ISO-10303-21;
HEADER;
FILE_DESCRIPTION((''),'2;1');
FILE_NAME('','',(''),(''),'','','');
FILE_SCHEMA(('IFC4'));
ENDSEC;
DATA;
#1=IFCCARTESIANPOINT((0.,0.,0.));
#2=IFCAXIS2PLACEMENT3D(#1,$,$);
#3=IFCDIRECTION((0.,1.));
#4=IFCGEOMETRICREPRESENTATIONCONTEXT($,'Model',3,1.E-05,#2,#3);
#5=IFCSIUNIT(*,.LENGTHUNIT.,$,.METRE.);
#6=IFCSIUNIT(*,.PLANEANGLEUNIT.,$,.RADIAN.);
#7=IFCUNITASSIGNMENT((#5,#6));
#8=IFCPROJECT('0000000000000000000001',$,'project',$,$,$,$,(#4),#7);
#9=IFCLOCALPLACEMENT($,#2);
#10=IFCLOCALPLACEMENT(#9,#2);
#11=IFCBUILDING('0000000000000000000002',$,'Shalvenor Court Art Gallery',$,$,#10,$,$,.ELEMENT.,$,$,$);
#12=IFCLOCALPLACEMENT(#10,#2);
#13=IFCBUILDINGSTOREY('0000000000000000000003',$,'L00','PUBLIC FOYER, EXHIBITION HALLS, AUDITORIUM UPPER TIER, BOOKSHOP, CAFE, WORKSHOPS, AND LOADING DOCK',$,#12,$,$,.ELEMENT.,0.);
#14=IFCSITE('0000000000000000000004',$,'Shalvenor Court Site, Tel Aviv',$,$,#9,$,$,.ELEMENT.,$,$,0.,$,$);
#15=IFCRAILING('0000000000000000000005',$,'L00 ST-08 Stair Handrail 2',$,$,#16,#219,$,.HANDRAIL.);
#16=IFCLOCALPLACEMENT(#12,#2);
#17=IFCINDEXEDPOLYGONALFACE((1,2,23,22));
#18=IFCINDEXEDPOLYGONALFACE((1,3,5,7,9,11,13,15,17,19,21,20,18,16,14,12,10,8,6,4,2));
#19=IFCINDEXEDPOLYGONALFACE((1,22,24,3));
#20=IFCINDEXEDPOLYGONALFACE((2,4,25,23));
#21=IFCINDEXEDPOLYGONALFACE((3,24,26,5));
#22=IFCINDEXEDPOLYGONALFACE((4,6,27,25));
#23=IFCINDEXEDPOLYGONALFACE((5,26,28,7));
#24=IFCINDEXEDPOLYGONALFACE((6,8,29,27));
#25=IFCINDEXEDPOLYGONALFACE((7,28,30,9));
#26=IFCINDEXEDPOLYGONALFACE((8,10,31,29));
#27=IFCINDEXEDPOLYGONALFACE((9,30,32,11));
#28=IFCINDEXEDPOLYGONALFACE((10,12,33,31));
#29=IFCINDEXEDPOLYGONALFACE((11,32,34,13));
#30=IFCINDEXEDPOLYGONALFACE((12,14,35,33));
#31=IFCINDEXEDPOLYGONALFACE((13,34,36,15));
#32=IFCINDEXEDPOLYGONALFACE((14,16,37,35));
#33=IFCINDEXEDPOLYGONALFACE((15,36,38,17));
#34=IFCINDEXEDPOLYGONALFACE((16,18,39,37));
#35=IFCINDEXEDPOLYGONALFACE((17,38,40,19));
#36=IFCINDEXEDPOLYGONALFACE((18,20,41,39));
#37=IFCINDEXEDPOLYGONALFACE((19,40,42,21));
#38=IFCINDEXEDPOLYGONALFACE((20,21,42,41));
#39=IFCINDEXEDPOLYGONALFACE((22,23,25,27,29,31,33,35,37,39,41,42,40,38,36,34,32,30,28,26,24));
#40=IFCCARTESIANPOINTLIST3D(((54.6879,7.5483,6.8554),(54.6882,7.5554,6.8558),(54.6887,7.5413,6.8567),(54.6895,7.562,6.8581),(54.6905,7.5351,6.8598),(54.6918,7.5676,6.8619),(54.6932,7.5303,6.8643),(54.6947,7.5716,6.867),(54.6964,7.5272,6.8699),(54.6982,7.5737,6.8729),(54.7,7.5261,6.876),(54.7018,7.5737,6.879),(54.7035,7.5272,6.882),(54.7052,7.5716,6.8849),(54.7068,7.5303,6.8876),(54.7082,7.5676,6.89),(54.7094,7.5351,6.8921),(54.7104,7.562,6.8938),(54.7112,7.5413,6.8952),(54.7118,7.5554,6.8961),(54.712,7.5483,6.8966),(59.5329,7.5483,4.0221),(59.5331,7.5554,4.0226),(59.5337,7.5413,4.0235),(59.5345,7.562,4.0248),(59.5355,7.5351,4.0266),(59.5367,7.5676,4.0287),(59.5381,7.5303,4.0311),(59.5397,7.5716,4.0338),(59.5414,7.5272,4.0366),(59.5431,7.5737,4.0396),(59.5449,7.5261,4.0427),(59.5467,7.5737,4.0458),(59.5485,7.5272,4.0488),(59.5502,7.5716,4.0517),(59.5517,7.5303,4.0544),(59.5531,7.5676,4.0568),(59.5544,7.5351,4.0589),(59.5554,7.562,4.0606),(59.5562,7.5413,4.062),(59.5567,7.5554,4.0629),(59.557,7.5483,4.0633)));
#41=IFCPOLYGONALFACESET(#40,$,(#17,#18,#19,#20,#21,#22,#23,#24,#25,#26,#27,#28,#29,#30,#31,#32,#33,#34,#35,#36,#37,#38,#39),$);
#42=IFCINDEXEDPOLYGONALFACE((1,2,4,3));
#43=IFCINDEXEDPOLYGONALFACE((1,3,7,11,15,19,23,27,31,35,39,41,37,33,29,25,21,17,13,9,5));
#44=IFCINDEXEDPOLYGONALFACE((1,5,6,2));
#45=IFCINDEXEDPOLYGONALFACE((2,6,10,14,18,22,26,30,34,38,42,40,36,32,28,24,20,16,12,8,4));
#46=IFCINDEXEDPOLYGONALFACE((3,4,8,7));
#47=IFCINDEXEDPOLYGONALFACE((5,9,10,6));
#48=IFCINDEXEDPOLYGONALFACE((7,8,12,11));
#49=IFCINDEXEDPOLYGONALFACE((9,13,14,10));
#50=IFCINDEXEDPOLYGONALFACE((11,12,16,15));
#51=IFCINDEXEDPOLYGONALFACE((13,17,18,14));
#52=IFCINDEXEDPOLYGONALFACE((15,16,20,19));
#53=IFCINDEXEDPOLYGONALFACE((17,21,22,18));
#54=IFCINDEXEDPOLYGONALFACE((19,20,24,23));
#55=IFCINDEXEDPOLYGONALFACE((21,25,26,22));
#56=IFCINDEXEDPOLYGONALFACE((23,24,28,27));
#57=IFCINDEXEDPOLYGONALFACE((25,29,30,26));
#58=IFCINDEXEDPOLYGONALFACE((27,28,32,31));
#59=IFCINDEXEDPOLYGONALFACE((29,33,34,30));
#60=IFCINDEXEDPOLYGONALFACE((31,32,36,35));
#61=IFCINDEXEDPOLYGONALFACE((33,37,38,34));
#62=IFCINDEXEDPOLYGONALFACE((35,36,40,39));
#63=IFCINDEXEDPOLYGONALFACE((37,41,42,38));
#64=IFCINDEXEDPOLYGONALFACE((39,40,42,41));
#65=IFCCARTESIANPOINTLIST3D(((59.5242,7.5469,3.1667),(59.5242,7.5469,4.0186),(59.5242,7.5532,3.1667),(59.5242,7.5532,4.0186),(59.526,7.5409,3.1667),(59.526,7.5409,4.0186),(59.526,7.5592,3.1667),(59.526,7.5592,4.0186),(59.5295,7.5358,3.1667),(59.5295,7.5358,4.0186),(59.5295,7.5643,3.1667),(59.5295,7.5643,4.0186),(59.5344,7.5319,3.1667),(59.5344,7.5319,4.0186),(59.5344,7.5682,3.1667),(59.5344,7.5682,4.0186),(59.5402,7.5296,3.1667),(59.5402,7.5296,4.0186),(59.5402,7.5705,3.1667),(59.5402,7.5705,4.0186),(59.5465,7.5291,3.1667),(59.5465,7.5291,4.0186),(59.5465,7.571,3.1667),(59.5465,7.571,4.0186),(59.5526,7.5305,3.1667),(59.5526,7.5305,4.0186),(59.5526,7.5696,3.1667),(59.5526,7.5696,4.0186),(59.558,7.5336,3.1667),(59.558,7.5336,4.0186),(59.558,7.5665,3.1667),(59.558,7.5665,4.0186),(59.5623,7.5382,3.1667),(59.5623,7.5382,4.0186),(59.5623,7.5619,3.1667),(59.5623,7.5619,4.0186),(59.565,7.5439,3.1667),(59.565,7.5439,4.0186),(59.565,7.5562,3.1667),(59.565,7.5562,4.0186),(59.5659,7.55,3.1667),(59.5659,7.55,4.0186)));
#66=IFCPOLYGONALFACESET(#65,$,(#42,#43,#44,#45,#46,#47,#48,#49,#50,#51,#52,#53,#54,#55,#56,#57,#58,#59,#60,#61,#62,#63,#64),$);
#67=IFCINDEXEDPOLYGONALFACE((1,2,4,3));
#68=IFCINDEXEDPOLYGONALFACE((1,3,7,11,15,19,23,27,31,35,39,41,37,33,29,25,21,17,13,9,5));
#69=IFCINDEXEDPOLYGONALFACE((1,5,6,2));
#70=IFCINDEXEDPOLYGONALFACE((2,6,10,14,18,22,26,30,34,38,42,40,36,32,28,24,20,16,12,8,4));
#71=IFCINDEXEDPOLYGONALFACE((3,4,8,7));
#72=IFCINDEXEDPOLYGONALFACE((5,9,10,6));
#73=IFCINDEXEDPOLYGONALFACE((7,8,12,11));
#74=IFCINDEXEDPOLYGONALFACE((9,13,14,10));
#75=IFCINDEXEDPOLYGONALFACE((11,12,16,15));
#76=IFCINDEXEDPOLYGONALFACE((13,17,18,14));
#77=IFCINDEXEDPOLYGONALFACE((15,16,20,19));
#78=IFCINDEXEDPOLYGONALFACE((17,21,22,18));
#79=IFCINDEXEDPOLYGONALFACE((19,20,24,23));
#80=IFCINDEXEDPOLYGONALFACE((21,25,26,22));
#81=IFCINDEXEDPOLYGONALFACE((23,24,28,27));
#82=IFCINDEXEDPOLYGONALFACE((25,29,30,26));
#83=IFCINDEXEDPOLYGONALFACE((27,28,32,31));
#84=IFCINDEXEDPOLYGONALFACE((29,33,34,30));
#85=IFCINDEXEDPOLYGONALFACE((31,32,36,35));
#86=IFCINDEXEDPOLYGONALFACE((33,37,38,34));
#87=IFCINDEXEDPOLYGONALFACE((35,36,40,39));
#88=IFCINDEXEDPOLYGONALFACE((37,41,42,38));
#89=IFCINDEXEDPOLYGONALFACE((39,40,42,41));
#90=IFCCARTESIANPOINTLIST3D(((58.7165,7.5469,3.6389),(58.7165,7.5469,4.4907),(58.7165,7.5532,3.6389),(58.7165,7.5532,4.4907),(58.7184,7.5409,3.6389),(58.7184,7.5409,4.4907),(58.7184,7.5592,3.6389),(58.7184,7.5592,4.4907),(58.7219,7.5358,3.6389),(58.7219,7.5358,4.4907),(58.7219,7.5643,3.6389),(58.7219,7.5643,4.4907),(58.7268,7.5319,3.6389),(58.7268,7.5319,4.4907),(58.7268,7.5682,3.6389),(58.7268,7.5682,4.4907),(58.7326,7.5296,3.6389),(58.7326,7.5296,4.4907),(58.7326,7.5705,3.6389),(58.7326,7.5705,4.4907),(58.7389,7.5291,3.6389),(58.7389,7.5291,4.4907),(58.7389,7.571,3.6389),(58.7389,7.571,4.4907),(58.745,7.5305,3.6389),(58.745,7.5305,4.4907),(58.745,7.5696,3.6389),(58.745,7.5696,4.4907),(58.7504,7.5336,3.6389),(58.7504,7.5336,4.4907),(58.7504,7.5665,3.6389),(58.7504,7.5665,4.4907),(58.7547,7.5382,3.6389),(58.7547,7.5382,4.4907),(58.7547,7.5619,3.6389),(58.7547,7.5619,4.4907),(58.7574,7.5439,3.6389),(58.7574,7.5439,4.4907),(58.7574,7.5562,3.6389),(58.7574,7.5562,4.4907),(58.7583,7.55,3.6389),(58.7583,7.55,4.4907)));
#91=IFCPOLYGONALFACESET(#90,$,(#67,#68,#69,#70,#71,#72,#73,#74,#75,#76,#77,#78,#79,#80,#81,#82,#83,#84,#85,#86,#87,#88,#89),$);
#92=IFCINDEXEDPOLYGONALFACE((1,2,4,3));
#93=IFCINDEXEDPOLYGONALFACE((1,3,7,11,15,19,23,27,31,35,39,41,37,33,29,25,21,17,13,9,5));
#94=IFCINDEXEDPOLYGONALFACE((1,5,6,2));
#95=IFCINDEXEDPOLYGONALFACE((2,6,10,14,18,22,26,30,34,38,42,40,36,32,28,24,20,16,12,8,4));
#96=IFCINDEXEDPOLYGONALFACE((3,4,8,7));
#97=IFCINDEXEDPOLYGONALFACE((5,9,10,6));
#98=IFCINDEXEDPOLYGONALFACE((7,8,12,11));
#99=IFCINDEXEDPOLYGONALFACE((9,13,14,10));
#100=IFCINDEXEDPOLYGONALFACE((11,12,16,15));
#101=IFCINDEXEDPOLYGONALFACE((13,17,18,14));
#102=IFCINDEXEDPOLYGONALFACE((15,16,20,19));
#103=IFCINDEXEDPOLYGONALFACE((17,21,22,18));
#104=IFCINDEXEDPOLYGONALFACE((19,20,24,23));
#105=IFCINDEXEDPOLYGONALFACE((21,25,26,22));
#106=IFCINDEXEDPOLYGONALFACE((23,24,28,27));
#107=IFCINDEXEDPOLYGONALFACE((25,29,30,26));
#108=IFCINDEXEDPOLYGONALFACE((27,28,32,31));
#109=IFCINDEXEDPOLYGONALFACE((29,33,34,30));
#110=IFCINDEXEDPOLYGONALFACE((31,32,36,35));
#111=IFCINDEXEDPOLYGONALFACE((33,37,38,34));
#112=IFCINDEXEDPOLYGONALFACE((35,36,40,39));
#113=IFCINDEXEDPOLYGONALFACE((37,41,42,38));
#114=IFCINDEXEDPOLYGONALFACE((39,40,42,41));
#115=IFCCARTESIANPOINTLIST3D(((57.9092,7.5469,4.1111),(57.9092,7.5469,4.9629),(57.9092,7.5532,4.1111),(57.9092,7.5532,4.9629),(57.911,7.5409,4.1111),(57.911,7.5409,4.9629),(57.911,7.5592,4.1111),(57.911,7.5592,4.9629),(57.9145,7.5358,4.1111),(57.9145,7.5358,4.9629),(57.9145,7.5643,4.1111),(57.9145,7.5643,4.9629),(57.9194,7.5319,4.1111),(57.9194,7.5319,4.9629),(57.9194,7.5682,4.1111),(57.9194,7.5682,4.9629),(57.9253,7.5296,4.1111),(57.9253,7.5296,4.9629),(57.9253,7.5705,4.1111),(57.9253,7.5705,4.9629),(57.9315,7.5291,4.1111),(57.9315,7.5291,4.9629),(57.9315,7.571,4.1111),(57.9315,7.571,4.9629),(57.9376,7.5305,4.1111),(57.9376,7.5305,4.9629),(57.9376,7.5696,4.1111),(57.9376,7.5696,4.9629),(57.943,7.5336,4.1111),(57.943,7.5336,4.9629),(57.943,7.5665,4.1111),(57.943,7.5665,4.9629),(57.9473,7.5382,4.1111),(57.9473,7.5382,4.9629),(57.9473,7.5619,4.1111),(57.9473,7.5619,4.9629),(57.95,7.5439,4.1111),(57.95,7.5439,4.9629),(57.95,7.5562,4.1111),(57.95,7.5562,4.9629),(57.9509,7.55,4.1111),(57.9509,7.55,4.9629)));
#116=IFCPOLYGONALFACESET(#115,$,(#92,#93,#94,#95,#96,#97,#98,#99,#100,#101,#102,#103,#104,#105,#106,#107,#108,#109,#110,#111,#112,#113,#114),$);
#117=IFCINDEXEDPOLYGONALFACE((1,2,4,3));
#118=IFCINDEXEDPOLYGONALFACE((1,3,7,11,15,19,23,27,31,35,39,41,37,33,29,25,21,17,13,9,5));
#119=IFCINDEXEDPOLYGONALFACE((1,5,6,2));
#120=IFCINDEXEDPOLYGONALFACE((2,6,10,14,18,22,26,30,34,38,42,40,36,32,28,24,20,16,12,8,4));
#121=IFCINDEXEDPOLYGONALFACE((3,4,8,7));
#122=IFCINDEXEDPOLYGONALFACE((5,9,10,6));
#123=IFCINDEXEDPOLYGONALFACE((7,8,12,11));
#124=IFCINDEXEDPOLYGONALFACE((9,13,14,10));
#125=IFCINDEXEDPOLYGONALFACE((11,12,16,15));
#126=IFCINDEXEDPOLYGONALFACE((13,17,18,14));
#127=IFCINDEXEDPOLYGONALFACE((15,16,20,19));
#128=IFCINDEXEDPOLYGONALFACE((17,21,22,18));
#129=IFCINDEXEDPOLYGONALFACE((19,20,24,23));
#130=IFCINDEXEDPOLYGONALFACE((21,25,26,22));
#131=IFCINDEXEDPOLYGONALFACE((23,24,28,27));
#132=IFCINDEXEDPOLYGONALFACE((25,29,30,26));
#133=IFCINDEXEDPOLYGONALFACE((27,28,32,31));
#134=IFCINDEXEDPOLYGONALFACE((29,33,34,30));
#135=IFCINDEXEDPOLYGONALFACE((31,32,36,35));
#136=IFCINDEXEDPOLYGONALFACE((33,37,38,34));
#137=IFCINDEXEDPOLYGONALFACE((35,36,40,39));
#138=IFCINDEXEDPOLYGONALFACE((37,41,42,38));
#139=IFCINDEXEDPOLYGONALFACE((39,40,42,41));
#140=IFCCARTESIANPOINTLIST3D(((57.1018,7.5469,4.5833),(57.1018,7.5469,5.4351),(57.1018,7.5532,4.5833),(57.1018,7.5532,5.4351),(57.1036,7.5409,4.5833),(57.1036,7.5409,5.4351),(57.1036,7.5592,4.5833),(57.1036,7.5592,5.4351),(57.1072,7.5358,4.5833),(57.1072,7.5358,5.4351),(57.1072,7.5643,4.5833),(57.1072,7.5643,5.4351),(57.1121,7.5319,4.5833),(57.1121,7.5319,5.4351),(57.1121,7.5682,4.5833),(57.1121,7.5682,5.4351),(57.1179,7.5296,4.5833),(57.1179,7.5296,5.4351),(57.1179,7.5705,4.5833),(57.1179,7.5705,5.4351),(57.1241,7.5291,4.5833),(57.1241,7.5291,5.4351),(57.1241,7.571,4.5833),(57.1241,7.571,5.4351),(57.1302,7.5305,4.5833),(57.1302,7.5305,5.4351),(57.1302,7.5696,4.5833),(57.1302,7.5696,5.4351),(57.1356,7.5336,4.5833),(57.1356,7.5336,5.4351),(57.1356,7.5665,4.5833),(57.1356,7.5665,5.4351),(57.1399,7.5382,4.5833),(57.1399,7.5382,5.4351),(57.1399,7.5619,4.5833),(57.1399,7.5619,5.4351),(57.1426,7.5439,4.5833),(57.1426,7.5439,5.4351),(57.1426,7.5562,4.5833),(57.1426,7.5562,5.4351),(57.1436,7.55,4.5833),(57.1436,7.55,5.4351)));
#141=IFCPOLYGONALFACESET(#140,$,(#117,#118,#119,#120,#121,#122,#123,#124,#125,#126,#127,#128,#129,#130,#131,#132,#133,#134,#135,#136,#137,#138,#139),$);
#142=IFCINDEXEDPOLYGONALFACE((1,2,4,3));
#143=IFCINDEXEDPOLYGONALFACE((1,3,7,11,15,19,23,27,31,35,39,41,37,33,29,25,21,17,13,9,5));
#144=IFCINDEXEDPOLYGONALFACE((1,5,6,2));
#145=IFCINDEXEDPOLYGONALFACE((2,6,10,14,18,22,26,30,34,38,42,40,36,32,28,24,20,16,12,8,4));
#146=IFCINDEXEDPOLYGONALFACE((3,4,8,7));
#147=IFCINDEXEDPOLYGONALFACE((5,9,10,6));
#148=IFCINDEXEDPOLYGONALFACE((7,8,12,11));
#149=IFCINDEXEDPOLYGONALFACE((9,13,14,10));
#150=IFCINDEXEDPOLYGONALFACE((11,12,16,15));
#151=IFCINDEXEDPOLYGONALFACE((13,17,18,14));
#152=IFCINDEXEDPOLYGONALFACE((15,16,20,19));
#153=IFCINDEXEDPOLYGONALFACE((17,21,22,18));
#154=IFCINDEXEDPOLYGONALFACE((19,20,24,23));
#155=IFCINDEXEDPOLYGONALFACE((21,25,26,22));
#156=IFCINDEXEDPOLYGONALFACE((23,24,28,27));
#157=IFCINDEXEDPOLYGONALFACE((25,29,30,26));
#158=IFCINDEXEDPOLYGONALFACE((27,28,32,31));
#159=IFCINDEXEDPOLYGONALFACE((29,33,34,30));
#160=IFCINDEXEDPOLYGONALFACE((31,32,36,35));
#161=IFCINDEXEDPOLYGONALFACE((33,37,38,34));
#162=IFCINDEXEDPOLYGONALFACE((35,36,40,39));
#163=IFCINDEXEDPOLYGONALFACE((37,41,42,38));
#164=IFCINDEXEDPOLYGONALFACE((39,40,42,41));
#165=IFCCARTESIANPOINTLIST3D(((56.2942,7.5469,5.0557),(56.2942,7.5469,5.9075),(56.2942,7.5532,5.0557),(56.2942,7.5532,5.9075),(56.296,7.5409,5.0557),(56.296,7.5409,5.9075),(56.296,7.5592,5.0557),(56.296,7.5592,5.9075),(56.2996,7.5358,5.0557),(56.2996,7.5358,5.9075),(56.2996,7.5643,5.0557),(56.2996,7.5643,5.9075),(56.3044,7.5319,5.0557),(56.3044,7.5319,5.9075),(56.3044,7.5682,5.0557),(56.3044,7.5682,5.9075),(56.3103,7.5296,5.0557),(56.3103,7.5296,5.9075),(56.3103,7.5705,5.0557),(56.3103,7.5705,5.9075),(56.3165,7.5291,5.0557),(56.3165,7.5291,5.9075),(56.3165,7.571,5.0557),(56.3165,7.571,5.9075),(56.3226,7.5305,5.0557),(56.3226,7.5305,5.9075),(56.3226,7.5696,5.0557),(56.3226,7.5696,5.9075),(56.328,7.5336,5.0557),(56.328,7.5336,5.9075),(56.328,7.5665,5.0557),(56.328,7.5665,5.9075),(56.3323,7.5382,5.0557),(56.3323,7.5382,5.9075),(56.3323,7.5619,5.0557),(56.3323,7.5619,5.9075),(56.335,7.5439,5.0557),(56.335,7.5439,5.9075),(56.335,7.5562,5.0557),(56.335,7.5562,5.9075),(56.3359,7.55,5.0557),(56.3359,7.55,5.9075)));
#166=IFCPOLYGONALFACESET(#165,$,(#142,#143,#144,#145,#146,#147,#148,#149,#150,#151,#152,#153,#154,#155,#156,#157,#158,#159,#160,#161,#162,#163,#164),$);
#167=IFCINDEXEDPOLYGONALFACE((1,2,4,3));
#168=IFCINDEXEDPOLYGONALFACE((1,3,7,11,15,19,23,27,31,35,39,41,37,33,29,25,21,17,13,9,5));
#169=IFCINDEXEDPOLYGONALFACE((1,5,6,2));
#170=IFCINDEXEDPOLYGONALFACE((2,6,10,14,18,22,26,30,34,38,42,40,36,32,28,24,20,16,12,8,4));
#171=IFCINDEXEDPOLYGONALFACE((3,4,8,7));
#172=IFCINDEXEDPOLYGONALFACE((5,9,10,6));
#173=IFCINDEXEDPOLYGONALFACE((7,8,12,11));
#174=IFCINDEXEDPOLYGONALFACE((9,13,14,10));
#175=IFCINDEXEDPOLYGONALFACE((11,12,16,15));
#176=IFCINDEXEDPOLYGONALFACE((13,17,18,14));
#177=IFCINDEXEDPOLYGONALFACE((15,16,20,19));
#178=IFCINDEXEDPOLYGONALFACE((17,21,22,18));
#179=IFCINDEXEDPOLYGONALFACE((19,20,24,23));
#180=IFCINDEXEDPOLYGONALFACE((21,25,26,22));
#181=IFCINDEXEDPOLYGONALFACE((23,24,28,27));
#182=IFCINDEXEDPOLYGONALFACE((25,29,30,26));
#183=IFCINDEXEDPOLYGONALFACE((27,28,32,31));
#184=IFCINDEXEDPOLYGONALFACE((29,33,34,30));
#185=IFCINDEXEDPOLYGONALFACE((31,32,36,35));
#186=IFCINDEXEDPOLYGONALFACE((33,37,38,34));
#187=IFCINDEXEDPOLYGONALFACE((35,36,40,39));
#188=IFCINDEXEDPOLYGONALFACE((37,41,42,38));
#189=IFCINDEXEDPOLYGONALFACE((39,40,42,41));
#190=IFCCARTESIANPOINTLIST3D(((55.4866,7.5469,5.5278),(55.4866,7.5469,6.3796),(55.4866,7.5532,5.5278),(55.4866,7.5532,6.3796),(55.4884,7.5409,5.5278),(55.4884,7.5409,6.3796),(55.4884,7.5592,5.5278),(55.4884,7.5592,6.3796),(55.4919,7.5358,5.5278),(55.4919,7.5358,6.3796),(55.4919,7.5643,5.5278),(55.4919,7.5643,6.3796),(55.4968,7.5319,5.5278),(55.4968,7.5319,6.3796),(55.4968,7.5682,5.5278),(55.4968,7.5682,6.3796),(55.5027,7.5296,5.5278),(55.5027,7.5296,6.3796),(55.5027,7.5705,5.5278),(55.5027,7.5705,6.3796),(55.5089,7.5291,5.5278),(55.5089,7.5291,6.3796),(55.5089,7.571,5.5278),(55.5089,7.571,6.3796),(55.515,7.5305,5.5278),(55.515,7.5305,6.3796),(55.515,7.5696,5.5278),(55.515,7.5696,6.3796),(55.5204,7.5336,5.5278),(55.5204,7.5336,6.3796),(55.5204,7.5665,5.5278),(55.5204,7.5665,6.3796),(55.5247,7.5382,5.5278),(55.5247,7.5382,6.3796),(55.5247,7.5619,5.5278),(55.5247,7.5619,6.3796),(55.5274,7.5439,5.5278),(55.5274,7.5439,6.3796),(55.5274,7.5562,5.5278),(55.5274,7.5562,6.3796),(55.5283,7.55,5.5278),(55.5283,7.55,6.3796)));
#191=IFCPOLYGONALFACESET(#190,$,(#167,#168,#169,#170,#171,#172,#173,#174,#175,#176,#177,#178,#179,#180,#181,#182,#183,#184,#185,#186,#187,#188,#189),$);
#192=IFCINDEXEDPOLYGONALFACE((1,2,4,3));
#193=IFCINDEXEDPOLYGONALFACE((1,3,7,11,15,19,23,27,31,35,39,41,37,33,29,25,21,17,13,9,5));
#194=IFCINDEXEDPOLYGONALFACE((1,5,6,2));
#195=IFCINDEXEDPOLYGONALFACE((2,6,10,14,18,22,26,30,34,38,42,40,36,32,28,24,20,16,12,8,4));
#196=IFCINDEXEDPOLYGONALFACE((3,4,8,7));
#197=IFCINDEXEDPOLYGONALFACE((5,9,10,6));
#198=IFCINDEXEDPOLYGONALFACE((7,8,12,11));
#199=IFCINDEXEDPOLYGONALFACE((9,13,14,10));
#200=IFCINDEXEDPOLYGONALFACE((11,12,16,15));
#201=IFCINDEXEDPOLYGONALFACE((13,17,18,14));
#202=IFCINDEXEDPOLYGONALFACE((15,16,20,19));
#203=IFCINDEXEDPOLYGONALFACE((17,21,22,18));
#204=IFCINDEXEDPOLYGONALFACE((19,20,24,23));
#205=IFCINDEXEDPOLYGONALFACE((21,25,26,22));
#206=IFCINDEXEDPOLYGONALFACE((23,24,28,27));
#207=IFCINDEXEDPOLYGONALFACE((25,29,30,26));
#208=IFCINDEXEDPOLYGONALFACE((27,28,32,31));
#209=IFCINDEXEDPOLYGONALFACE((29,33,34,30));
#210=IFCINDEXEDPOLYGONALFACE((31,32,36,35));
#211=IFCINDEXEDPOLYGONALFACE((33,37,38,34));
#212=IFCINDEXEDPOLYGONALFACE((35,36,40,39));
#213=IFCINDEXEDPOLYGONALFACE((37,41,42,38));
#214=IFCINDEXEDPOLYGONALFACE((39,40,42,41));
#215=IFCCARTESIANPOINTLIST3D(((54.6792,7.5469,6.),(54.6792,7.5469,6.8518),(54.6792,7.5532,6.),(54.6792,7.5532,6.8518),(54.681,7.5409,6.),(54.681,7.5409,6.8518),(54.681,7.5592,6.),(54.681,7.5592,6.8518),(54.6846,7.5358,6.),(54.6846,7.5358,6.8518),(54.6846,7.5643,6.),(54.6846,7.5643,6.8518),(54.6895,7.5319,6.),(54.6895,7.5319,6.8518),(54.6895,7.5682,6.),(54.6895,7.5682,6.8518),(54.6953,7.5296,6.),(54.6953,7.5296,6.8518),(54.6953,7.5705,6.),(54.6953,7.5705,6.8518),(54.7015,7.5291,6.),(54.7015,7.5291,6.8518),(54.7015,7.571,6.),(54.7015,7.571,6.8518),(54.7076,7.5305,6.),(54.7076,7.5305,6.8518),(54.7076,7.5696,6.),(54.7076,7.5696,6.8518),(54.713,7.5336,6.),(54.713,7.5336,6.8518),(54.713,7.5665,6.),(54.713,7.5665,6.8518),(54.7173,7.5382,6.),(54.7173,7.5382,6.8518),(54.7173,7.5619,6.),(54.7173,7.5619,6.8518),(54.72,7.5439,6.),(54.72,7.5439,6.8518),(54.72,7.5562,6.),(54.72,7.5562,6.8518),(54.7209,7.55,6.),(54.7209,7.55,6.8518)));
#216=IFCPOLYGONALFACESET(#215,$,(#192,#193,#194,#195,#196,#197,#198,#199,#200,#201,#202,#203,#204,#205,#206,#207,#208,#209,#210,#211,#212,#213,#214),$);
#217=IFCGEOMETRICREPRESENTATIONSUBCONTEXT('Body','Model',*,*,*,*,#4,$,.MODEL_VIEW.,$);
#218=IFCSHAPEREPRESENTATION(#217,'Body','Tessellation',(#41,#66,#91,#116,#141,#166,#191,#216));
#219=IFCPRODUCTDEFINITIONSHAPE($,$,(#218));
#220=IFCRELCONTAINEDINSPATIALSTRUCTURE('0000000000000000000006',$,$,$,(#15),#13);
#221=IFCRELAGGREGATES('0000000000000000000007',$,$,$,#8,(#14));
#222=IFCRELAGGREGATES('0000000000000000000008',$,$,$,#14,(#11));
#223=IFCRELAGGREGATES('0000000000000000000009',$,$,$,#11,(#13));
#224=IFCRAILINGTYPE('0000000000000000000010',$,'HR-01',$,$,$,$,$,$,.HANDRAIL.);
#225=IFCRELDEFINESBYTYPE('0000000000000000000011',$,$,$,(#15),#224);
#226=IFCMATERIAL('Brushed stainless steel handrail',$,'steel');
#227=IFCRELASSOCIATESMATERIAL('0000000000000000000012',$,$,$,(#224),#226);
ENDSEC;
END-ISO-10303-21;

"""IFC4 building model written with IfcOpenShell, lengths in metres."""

from ifc_helpers import new_model, si_unit, direction, frame, origin, origin_2d, place, context, subcontext, project, spatial, circle, extrude, material, type_object, element, save


model = new_model("IFC4")

# Units and contexts
model_context = context("Model", 3, precision=1e-05, world=origin(), true_north=direction((0.0, 1.0)))
body_context = subcontext(model_context, "Body", "Model", "MODEL_VIEW")
ifc_project = project(units=[si_unit("LENGTHUNIT", "METRE"), si_unit("PLANEANGLEUNIT", "RADIAN")], contexts=[model_context])

# Site, building, storey
site_placement = place(None, origin())
site = spatial("IfcSite", under=ifc_project, at=site_placement, Name="Shalvenor Court Site, Tel Aviv", CompositionType="ELEMENT", RefElevation=0.0)
building_placement = place(site_placement, origin())
building = spatial("IfcBuilding", under=site, at=building_placement, Name="Shalvenor Court Art Gallery", CompositionType="ELEMENT")
storey_placement = place(building_placement, origin())
storey = spatial("IfcBuildingStorey", under=building, at=storey_placement, Name="L00", Description="PUBLIC FOYER, EXHIBITION HALLS, AUDITORIUM UPPER TIER, BOOKSHOP, CAFE, WORKSHOPS, AND LOADING DOCK", CompositionType="ELEMENT", Elevation=0.0)

# Railing
ifc_material_1 = material(Name="Brushed stainless steel handrail", Category="steel")
railing_type_1 = type_object("IfcRailingType", Name="HR-01", PredefinedType="HANDRAIL", material=ifc_material_1)
railing_1_placement = place(storey_placement, frame((59.5449, 7.55, 3.1667)))
element("IfcRailing", 1, at=railing_1_placement, inside=storey, type_object=railing_type_1, Name="L00 ST-08 Stair Handrail 2", PredefinedType="HANDRAIL", context=body_context, shape_type="SweptSolid", body=[
    extrude(circle(Radius=0.0239, at=origin_2d()), frame((0.0, 0.0, 0.876), z_axis=(-0.863234, 0.0, 0.504804), x_axis=(0.0, -1.0, 0.0)), (0.0, 0.0, 1.0), 5.6125),
    extrude(circle(Radius=0.021, at=origin_2d()), origin(), (0.0, 0.0, 1.0), 0.8518),
    extrude(circle(Radius=0.021, at=origin_2d()), frame((-0.8076, 0.0, 0.4722)), (0.0, 0.0, 1.0), 0.8518),
    extrude(circle(Radius=0.021, at=origin_2d()), frame((-1.615, 0.0, 0.9443)), (0.0, 0.0, 1.0), 0.8518),
    extrude(circle(Radius=0.021, at=origin_2d()), frame((-2.4224, 0.0, 1.4165)), (0.0, 0.0, 1.0), 0.8518),
    extrude(circle(Radius=0.021, at=origin_2d()), frame((-3.23, 0.0, 1.8889)), (0.0, 0.0, 1.0), 0.8518),
    extrude(circle(Radius=0.021, at=origin_2d()), frame((-4.0376, 0.0, 2.3611)), (0.0, 0.0, 1.0), 0.8518),
    extrude(circle(Radius=0.021, at=origin_2d()), frame((-4.845, 0.0, 2.8333)), (0.0, 0.0, 1.0), 0.8518),
])

save(model, "model.ifc")
